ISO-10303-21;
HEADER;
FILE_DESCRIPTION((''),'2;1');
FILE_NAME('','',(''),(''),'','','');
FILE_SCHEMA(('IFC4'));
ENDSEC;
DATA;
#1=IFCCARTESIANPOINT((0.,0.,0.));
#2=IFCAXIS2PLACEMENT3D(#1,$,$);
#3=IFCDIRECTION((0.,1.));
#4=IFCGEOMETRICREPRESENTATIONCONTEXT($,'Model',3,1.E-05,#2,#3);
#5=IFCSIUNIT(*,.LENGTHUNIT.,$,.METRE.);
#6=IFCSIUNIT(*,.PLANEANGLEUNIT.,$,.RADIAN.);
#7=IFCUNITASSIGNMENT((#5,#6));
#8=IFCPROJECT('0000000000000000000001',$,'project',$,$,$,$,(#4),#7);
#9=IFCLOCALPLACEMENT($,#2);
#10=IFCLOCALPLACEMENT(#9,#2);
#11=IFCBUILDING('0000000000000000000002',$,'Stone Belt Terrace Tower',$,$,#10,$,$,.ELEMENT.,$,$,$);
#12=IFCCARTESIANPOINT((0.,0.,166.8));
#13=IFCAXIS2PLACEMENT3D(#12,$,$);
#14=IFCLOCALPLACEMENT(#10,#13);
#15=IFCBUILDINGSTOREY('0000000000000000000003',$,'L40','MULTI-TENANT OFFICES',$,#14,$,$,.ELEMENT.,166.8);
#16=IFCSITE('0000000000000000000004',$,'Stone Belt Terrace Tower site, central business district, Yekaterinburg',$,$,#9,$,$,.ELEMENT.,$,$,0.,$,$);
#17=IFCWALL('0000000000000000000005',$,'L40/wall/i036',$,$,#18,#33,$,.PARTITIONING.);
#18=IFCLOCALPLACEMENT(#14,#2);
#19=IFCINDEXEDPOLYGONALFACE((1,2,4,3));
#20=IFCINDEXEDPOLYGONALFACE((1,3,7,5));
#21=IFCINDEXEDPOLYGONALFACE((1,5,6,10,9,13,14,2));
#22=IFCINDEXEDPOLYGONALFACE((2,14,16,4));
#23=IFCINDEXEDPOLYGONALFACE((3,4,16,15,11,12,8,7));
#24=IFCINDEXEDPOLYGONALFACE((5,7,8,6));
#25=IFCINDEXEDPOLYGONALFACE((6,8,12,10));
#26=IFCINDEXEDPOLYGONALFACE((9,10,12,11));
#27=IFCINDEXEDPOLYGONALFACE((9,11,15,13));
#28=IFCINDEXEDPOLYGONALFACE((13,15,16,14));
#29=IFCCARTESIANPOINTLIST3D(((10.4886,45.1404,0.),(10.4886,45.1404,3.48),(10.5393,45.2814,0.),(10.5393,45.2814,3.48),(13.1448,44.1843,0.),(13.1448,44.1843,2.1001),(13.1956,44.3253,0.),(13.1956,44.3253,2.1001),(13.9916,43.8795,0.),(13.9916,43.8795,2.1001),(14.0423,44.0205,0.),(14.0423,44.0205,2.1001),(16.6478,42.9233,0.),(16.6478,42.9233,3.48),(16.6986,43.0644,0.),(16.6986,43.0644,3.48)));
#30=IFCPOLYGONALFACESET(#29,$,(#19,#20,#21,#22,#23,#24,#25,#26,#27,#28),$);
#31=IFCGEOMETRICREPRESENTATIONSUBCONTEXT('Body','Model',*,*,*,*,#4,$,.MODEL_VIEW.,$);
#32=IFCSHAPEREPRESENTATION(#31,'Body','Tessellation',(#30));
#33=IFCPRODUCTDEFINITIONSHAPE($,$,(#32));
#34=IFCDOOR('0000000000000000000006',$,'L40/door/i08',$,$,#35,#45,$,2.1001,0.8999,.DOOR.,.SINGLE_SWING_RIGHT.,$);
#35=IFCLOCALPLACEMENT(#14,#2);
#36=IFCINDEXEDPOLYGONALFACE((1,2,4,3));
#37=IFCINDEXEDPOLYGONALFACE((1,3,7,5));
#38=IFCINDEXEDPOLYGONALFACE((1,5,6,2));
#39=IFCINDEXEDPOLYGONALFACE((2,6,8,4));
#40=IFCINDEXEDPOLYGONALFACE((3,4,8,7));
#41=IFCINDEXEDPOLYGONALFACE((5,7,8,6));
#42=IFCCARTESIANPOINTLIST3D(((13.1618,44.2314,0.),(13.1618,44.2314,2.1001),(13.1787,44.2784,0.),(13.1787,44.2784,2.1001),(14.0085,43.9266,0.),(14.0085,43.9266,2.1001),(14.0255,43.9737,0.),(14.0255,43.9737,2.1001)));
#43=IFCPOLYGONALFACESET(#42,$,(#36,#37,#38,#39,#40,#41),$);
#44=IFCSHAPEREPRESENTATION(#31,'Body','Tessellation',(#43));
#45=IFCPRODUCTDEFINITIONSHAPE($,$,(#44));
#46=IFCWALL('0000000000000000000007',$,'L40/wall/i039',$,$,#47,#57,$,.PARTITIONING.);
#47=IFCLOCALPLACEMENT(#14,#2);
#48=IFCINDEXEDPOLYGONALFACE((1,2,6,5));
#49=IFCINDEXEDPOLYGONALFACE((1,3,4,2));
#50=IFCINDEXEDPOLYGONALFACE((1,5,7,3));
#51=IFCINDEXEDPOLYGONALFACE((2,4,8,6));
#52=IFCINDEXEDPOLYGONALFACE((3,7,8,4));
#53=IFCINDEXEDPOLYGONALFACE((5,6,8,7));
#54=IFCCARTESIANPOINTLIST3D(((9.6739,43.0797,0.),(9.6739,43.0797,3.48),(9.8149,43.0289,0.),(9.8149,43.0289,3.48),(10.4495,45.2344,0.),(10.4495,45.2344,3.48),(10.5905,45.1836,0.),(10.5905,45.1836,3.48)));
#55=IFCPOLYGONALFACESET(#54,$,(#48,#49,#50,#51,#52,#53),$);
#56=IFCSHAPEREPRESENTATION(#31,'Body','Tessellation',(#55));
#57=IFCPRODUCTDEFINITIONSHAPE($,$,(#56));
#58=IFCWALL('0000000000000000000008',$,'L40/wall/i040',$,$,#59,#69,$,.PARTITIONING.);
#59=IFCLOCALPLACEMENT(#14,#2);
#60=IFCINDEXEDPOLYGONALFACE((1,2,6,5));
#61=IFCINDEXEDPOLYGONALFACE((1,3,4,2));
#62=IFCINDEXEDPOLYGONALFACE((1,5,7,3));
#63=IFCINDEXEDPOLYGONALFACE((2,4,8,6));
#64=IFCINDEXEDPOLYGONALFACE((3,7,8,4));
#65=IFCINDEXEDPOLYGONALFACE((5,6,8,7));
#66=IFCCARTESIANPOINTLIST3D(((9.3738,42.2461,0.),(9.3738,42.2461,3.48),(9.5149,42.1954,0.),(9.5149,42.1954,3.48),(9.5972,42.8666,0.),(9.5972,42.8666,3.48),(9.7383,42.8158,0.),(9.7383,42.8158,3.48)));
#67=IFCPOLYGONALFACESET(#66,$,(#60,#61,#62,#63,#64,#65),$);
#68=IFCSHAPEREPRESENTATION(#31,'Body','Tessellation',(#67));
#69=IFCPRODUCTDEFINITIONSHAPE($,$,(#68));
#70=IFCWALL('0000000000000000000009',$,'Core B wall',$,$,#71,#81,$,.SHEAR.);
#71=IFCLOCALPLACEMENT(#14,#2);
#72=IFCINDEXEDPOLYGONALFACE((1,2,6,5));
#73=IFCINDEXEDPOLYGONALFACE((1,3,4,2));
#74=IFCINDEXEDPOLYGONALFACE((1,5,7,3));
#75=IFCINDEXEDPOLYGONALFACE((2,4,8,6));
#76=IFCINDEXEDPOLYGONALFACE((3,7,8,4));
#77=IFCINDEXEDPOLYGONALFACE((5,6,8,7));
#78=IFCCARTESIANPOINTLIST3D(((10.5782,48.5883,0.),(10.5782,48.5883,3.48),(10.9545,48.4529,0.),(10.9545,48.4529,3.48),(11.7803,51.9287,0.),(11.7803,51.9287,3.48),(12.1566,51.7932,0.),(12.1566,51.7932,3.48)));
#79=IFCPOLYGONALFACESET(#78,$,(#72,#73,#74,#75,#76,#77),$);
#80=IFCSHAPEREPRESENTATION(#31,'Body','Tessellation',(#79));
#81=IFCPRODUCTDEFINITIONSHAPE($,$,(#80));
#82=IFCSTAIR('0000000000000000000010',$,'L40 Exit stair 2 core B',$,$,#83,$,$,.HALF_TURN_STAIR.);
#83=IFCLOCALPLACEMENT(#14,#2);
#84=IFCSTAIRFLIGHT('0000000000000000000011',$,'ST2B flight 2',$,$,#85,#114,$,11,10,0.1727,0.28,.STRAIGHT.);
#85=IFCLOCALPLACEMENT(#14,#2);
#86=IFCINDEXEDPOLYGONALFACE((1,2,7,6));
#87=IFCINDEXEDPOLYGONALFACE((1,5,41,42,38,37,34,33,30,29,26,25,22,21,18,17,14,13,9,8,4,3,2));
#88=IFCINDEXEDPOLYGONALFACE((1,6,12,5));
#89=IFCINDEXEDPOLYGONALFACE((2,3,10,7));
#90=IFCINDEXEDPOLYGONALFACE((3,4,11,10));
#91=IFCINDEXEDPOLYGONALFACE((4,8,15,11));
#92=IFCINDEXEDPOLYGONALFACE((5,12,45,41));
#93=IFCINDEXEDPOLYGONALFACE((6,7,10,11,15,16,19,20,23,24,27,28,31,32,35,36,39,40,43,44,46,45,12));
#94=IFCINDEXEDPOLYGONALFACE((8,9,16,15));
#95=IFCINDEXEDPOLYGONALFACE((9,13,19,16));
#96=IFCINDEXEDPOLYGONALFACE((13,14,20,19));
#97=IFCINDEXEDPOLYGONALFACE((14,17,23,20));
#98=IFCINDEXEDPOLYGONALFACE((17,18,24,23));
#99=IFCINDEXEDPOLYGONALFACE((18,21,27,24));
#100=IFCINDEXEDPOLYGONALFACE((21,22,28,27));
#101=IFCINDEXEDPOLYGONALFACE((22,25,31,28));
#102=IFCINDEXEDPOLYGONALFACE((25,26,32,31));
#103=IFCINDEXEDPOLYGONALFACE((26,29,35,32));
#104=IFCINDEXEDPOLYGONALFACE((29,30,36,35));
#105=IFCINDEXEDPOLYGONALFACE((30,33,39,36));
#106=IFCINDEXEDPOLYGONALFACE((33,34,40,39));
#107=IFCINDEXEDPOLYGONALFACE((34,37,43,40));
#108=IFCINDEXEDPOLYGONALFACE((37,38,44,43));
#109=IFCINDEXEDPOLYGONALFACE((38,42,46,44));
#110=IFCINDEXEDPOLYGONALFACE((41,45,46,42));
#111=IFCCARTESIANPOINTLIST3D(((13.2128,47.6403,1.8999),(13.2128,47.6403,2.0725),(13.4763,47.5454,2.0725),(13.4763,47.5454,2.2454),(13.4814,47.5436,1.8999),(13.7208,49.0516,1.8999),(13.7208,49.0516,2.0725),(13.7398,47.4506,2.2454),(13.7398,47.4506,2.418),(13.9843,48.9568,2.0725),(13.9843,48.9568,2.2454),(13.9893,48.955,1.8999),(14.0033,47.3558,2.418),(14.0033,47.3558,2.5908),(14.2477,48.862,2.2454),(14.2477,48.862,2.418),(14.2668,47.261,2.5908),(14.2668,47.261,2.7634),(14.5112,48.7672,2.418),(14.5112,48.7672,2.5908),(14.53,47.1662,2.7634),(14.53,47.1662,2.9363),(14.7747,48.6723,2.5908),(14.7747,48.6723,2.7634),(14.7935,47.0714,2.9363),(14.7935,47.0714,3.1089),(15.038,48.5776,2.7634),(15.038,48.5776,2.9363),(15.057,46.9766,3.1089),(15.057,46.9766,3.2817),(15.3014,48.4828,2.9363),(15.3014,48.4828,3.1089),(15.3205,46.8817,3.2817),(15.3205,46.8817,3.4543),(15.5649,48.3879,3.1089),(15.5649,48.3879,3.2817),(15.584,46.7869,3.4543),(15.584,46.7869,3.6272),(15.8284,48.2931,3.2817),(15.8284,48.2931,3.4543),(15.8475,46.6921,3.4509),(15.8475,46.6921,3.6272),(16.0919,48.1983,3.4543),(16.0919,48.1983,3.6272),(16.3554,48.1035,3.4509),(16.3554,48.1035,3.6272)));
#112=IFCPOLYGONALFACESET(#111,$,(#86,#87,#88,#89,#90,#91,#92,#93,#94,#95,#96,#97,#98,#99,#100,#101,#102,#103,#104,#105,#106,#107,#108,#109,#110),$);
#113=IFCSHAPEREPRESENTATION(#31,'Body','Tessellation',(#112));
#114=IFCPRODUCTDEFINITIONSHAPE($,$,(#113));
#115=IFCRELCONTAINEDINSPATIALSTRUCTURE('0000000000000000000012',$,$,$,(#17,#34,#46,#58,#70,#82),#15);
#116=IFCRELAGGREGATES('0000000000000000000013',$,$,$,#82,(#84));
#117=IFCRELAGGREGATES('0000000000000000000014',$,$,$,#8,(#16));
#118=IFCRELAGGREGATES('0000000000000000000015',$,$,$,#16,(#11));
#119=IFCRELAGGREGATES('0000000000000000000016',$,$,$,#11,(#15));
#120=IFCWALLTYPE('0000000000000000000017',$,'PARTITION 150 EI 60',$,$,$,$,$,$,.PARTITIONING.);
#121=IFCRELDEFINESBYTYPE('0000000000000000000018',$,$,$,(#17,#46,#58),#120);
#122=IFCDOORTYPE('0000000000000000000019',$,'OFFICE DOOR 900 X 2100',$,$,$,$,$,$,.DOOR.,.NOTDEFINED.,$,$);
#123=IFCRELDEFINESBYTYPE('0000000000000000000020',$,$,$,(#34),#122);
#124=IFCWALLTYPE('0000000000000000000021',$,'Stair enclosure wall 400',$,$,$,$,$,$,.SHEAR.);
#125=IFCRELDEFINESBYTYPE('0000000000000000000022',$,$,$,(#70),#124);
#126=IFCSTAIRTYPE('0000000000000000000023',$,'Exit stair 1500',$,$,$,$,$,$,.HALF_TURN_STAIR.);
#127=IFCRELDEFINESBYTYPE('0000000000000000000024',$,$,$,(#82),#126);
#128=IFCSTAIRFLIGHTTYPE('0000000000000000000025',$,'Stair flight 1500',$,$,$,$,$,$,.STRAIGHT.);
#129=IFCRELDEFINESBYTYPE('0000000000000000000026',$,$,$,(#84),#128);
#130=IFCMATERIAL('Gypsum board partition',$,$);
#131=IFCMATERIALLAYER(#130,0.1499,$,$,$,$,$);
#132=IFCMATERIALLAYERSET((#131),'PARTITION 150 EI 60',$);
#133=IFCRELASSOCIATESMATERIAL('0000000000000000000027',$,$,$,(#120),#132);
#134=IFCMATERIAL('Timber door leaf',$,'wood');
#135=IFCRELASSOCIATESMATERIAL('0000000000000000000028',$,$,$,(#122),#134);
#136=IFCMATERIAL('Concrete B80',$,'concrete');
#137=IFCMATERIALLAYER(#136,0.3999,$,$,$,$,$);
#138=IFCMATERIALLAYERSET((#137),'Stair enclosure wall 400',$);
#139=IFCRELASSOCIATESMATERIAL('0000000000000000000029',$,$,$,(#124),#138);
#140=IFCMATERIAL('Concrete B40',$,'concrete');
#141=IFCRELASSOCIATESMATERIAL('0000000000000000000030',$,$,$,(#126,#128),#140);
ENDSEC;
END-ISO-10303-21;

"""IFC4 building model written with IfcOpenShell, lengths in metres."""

from ifc_helpers import new_model, si_unit, direction, frame, frame_2d, origin, place, context, subcontext, project, spatial, polyline, rectangle, outline, extrude, material, layer, layer_set, type_object, element, fill, aggregate, save


model = new_model("IFC4")

# Units and contexts
model_context = context("Model", 3, precision=1e-05, world=origin(), true_north=direction((0.0, 1.0)))
body_context = subcontext(model_context, "Body", "Model", "MODEL_VIEW")
ifc_project = project(units=[si_unit("LENGTHUNIT", "METRE"), si_unit("PLANEANGLEUNIT", "RADIAN")], contexts=[model_context])

# Site, building, storey
site_placement = place(None, origin())
site = spatial("IfcSite", under=ifc_project, at=site_placement, Name="Stone Belt Terrace Tower site, central business district, Yekaterinburg", CompositionType="ELEMENT", RefElevation=0.0)
building_placement = place(site_placement, origin())
building = spatial("IfcBuilding", under=site, at=building_placement, Name="Stone Belt Terrace Tower", CompositionType="ELEMENT")
storey_placement = place(building_placement, frame((0.0, 0.0, 166.8)))
storey = spatial("IfcBuildingStorey", under=building, at=storey_placement, Name="L40", Description="MULTI-TENANT OFFICES", CompositionType="ELEMENT", Elevation=166.8)

# Shared definitions
ifc_material_1 = material(Name="Concrete B80", Category="concrete")

# Shared definitions
ifc_material_2 = material(Name="Gypsum board partition")
ifc_layer_1 = layer(ifc_material_2, 0.1499)
ifc_layer_set_1 = layer_set([ifc_layer_1], Name="PARTITION 150 EI 60")
wall_type_1 = type_object("IfcWallType", Name="PARTITION 150 EI 60", PredefinedType="PARTITIONING", material=ifc_layer_set_1)

# Wall, opening, door
ifc_material_3 = material(Name="Timber door leaf", Category="wood")
door_type_1 = type_object("IfcDoorType", Name="OFFICE DOOR 900 X 2100", OperationType="NOTDEFINED", PredefinedType="DOOR", material=ifc_material_3)
wall_1_placement = place(storey_placement, frame((16.6731, 42.9939, 0.0), z_axis=(0.0, 0.0, 1.0), x_axis=(-0.9409, 0.338684, 0.0)))
wall_1 = element("IfcWall", 1, at=wall_1_placement, inside=storey, type_object=wall_type_1, Name="L40/wall/i036", PredefinedType="PARTITIONING", context=body_context, shape_type="SweptSolid", body=[
    extrude(rectangle(XDim=6.5461, YDim=0.1499, at=frame_2d((3.2729, 0.0))), origin(), (0.0, 0.0, 1.0), 3.48),
])
opening_1_placement = place(wall_1_placement, frame((2.823, 0.0, 0.0)))
opening_1 = element("IfcOpeningElement", 2, at=opening_1_placement, cuts=wall_1, PredefinedType="OPENING", context=body_context, shape_type="SweptSolid", body=[
    extrude(rectangle(XDim=0.8999, YDim=2.1001, at=frame_2d((0.45, 1.05))), frame((0.0, 0.085, 0.0), z_axis=(0.0, -1.0, 0.0), x_axis=(1.0, 0.0, 0.0)), (0.0, 0.0, 1.0), 0.1699),
])
door_1_placement = place(opening_1_placement, origin())
door_1 = element("IfcDoor", 3, at=door_1_placement, inside=storey, type_object=door_type_1, Name="L40/door/i08", OperationType="SINGLE_SWING_RIGHT", OverallHeight=2.1001, OverallWidth=0.8999, PredefinedType="DOOR", context=body_context, shape_type="SweptSolid", body=[
    extrude(rectangle(XDim=0.8999, YDim=2.1001, at=frame_2d((0.45, 1.05))), frame((0.0, 0.0249, 0.0), z_axis=(0.0, -1.0, 0.0), x_axis=(1.0, 0.0, 0.0)), (0.0, 0.0, 1.0), 0.05),
])
fill(opening_1, door_1)

# Walls
wall_2_placement = place(storey_placement, frame((10.52, 45.209, 0.0), z_axis=(0.0, 0.0, 1.0), x_axis=(-0.338685, -0.9409, 0.0)))
element("IfcWall", 4, at=wall_2_placement, inside=storey, type_object=wall_type_1, Name="L40/wall/i039", PredefinedType="PARTITIONING", context=body_context, shape_type="SweptSolid", body=[
    extrude(rectangle(XDim=2.29, YDim=0.1499, at=frame_2d((1.145, 0.0))), origin(), (0.0, 0.0, 1.0), 3.48),
])
wall_3_placement = place(storey_placement, frame((9.6677, 42.8411, 0.0), z_axis=(0.0, 0.0, 1.0), x_axis=(-0.338798, -0.940859, 0.0)))
element("IfcWall", 5, at=wall_3_placement, inside=storey, type_object=wall_type_1, Name="L40/wall/i040", PredefinedType="PARTITIONING", context=body_context, shape_type="SweptSolid", body=[
    extrude(rectangle(XDim=0.6594, YDim=0.1499, at=frame_2d((0.3296, 0.0))), origin(), (0.0, 0.0, 1.0), 3.48),
])
ifc_layer_2 = layer(ifc_material_1, 0.3999)
ifc_layer_set_2 = layer_set([ifc_layer_2], Name="Stair enclosure wall 400")
wall_type_2 = type_object("IfcWallType", Name="Stair enclosure wall 400", PredefinedType="SHEAR", material=ifc_layer_set_2)
wall_4_placement = place(storey_placement, frame((10.7664, 48.5208, 0.0), z_axis=(0.0, 0.0, 1.0), x_axis=(0.338627, 0.940921, 0.0)))
element("IfcWall", 6, at=wall_4_placement, inside=storey, type_object=wall_type_2, Name="Core B wall", PredefinedType="SHEAR", context=body_context, shape_type="SweptSolid", body=[
    extrude(rectangle(XDim=3.55, YDim=0.3999, at=frame_2d((1.7749, 0.0))), origin(), (0.0, 0.0, 1.0), 3.48),
])

# Stair, stair flight
ifc_material_4 = material(Name="Concrete B40", Category="concrete")
stair_type = type_object("IfcStairType", Name="Exit stair 1500", PredefinedType="HALF_TURN_STAIR", material=ifc_material_4)
stair_placement = place(storey_placement, origin())
stair = element("IfcStair", 7, at=stair_placement, inside=storey, type_object=stair_type, Name="L40 Exit stair 2 core B", PredefinedType="HALF_TURN_STAIR")
stair_flight_type = type_object("IfcStairFlightType", Name="Stair flight 1500", PredefinedType="STRAIGHT", material=ifc_material_4)
stair_flight_placement = place(storey_placement, frame((13.4668, 48.3459, 1.8999), z_axis=(0.0, 0.0, 1.0), x_axis=(0.940922, -0.338624, 0.0)))
stair_flight = element("IfcStairFlight", 8, at=stair_flight_placement, type_object=stair_flight_type, Name="ST2B flight 2", NumberOfRisers=11, NumberOfTreads=10, PredefinedType="STRAIGHT", RiserHeight=0.1727, TreadLength=0.28, context=body_context, shape_type="SweptSolid", body=[
    extrude(outline(polyline([(0.0, 0.0), (0.0, 0.1726), (0.28, 0.1726), (0.28, 0.3455), (0.5601, 0.3455), (0.5601, 0.5181), (0.8401, 0.5181), (0.8401, 0.6909), (1.1201, 0.6909), (1.1201, 0.8635), (1.3999, 0.8635), (1.3999, 1.0364), (1.6799, 1.0364), (1.6799, 1.209), (1.96, 1.209), (1.96, 1.3818), (2.24, 1.3818), (2.24, 1.5544), (2.52, 1.5544), (2.52, 1.7273), (2.8, 1.7273), (2.8, 1.8999), (2.8, 1.551), (0.2854, 0.0), (0.0, 0.0)])), frame((0.0, 0.75, 0.0), z_axis=(0.0, -1.0, 0.0), x_axis=(1.0, 0.0, 0.0)), (0.0, 0.0, 1.0), 1.5),
])
aggregate(stair, [stair_flight])

save(model, "model.ifc")
